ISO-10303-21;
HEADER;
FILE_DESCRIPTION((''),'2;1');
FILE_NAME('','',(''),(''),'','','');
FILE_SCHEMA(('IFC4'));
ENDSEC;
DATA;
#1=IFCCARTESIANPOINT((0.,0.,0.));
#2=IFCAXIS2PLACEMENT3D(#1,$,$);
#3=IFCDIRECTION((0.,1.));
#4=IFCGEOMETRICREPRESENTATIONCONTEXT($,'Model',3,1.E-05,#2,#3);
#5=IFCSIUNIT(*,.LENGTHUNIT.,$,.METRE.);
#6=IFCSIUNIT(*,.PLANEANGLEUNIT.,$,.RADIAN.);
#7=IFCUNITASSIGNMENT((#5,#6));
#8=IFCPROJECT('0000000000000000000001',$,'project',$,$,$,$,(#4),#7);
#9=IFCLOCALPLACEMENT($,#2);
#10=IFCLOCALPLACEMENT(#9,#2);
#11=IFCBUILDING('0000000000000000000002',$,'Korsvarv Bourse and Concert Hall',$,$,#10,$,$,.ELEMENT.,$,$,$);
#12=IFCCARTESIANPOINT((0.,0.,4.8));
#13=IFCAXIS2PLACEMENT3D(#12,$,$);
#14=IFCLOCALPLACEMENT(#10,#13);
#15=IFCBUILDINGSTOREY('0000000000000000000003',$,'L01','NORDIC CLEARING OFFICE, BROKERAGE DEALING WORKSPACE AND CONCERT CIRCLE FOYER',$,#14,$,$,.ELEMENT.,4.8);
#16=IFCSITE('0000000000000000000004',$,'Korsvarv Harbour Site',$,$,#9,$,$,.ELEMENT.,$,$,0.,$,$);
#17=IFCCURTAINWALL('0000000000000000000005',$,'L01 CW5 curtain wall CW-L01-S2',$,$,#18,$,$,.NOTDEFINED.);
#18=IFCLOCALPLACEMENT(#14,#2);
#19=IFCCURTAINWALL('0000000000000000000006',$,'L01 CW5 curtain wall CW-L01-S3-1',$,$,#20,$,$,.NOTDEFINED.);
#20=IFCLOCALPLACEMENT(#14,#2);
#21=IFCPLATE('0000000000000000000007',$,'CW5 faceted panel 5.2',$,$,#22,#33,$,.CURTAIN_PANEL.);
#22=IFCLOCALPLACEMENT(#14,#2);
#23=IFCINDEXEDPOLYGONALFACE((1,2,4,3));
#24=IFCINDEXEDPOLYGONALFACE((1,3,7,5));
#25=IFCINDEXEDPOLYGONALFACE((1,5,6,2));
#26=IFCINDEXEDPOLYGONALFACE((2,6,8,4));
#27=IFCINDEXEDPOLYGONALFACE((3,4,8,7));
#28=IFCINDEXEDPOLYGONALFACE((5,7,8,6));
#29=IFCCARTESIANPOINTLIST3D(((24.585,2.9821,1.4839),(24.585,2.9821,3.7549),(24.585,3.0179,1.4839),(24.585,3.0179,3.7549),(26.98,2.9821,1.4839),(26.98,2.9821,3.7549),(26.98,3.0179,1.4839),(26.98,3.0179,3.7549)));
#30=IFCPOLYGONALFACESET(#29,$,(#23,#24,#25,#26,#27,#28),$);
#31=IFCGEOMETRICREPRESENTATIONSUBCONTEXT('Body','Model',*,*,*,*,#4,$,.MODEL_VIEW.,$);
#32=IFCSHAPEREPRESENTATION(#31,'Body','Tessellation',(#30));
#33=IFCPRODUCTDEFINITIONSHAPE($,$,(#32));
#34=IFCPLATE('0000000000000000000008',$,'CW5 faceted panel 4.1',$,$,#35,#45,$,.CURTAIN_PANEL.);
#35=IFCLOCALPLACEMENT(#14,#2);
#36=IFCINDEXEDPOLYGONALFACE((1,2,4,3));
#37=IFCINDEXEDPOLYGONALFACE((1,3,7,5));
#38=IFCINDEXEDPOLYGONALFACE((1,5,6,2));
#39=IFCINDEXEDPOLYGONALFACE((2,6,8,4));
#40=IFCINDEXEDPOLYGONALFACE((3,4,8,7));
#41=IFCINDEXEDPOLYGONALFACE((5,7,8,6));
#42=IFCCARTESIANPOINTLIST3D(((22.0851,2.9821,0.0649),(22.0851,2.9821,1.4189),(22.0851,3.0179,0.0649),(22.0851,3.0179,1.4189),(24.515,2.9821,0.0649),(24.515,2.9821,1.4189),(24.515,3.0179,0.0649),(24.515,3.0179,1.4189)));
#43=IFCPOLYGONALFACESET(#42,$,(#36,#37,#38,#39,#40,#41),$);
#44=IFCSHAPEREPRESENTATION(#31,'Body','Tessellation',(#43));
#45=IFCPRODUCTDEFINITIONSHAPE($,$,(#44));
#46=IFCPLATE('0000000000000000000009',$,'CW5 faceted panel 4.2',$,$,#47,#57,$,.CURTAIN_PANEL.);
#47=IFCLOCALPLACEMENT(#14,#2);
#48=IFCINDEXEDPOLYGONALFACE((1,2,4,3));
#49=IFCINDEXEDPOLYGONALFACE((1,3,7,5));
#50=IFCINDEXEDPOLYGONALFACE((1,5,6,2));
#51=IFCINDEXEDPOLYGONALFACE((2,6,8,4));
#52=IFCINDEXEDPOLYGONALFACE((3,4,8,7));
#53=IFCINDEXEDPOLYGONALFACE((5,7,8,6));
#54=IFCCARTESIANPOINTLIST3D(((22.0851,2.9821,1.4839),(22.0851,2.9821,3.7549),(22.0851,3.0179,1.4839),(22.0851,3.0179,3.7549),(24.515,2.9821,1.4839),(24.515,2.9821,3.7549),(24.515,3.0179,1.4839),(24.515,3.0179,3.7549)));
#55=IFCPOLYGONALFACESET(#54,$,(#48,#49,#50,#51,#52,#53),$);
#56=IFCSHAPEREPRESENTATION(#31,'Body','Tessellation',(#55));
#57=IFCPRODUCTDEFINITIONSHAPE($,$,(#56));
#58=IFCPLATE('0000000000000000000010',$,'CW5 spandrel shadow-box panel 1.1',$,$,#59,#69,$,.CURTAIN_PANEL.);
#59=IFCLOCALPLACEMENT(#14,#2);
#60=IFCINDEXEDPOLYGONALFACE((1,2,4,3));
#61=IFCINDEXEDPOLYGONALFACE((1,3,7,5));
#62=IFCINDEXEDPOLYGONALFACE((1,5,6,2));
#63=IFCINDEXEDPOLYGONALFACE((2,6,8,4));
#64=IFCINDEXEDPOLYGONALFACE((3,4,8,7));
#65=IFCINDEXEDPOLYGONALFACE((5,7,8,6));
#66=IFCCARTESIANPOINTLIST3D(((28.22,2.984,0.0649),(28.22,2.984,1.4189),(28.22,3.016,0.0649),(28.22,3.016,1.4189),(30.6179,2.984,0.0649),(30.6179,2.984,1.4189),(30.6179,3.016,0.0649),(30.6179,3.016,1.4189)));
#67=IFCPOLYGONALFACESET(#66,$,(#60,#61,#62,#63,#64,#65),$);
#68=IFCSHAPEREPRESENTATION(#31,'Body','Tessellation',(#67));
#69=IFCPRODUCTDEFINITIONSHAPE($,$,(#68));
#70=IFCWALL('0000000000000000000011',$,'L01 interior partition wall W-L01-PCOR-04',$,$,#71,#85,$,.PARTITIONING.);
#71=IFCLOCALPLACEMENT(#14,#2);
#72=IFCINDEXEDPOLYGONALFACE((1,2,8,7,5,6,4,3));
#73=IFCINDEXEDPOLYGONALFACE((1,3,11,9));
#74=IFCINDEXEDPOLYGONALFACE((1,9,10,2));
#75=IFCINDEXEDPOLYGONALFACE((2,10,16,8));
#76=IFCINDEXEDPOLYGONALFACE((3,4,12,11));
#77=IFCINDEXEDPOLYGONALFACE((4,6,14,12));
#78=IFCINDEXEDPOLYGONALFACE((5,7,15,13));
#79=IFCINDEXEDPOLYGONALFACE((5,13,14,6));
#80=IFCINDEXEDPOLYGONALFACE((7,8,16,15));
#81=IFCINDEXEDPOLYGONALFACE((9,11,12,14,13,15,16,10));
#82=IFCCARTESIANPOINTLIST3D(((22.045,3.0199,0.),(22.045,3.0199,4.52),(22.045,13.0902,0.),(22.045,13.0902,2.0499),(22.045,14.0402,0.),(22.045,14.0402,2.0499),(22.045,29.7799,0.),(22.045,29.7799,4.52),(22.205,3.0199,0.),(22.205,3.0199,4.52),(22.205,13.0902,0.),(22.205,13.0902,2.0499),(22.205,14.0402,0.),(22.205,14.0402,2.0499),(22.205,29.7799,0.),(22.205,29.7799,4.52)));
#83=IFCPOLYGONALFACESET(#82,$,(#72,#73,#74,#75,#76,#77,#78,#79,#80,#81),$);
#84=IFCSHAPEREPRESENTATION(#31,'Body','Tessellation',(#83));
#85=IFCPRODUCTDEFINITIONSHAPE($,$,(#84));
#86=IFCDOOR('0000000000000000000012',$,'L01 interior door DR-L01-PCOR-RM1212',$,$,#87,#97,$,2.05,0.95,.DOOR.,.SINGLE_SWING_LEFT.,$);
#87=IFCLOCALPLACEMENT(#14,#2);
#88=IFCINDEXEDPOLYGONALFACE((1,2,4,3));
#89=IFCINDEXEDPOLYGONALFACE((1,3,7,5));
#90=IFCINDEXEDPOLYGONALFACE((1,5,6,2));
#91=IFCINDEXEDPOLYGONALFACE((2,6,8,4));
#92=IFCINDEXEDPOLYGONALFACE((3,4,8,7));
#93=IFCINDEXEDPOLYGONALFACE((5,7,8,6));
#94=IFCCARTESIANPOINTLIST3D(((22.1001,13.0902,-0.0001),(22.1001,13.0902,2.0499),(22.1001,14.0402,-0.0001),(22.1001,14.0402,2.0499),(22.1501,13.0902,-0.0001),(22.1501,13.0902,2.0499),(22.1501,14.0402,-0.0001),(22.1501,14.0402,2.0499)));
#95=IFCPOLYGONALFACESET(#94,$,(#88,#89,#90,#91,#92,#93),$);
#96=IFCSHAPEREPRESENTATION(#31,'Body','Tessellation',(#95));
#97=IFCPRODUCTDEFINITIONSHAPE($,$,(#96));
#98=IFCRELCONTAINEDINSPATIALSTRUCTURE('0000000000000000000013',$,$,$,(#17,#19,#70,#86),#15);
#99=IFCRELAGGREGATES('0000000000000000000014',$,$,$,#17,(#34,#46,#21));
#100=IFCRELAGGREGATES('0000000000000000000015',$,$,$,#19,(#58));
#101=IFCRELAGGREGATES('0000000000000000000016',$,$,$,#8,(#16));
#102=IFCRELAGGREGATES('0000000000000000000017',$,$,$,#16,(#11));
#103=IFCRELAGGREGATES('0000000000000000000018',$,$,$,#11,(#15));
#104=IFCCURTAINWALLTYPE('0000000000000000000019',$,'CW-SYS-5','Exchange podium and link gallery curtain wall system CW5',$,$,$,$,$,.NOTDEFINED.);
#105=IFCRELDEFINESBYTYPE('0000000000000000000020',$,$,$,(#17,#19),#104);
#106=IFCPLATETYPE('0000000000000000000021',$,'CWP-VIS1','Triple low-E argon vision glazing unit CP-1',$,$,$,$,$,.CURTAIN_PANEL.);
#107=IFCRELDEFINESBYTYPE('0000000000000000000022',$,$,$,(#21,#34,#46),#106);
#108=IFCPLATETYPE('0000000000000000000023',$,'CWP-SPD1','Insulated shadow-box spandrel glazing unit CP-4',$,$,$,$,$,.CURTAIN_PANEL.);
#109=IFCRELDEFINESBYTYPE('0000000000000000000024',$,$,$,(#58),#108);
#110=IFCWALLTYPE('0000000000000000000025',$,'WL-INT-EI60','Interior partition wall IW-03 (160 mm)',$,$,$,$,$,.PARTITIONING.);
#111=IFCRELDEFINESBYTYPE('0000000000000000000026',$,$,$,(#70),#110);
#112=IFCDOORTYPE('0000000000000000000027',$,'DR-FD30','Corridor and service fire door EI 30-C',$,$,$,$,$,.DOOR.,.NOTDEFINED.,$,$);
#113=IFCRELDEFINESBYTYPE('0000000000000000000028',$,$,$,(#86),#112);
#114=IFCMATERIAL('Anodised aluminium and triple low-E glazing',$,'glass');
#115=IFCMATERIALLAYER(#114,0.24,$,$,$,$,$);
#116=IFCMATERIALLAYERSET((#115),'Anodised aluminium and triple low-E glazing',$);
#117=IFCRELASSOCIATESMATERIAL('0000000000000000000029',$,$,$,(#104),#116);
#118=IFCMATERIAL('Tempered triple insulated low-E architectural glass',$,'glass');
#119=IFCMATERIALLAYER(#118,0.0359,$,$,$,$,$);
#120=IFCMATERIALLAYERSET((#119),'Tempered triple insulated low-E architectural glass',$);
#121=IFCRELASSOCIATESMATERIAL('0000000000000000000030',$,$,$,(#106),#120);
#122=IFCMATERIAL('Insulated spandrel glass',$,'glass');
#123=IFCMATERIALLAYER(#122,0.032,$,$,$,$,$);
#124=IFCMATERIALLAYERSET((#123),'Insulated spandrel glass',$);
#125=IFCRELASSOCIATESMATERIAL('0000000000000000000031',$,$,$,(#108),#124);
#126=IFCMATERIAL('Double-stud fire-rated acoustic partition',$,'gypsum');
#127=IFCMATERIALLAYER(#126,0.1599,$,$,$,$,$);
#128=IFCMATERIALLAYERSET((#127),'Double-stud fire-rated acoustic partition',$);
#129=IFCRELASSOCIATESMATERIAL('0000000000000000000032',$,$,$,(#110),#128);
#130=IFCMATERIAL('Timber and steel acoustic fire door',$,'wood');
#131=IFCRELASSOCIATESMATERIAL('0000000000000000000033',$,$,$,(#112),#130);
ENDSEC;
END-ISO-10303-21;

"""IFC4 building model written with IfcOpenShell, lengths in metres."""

from ifc_helpers import new_model, si_unit, direction, frame, frame_2d, origin, origin_2d, place, context, subcontext, project, spatial, rectangle, extrude, source, transform, mapped, material, layer, layer_set, type_object, element, fill, aggregate, save


model = new_model("IFC4")

# Units and contexts
model_context = context("Model", 3, precision=1e-05, world=origin(), true_north=direction((0.0, 1.0)))
body_context = subcontext(model_context, "Body", "Model", "MODEL_VIEW")
ifc_project = project(units=[si_unit("LENGTHUNIT", "METRE"), si_unit("PLANEANGLEUNIT", "RADIAN")], contexts=[model_context])

# Site, building, storey
site_placement = place(None, origin())
site = spatial("IfcSite", under=ifc_project, at=site_placement, Name="Korsvarv Harbour Site", CompositionType="ELEMENT", RefElevation=0.0)
building_placement = place(site_placement, origin())
building = spatial("IfcBuilding", under=site, at=building_placement, Name="Korsvarv Bourse and Concert Hall", CompositionType="ELEMENT")
storey_placement = place(building_placement, frame((0.0, 0.0, 4.8)))
storey = spatial("IfcBuildingStorey", under=building, at=storey_placement, Name="L01", Description="NORDIC CLEARING OFFICE, BROKERAGE DEALING WORKSPACE AND CONCERT CIRCLE FOYER", CompositionType="ELEMENT", Elevation=4.8)

# Curtain wall
ifc_material_1 = material(Name="Anodised aluminium and triple low-E glazing", Category="glass")
ifc_layer_1 = layer(ifc_material_1, 0.24)
ifc_layer_set_1 = layer_set([ifc_layer_1], Name="Anodised aluminium and triple low-E glazing")
curtain_wall_type = type_object("IfcCurtainWallType", Name="CW-SYS-5", Description="Exchange podium and link gallery curtain wall system CW5", PredefinedType="NOTDEFINED", material=ifc_layer_set_1)
curtain_wall_1_placement = place(storey_placement, origin())
curtain_wall_1 = element("IfcCurtainWall", 1, at=curtain_wall_1_placement, inside=storey, type_object=curtain_wall_type, Name="L01 CW5 curtain wall CW-L01-S2", PredefinedType="NOTDEFINED")

# Curtain wall
curtain_wall_2_placement = place(storey_placement, origin())
curtain_wall_2 = element("IfcCurtainWall", 2, at=curtain_wall_2_placement, inside=storey, type_object=curtain_wall_type, Name="L01 CW5 curtain wall CW-L01-S3-1", PredefinedType="NOTDEFINED")

# Plates
ifc_material_2 = material(Name="Tempered triple insulated low-E architectural glass", Category="glass")
ifc_layer_2 = layer(ifc_material_2, 0.0359)
ifc_layer_set_2 = layer_set([ifc_layer_2], Name="Tempered triple insulated low-E architectural glass")
plate_type_1 = type_object("IfcPlateType", Name="CWP-VIS1", Description="Triple low-E argon vision glazing unit CP-1", PredefinedType="CURTAIN_PANEL", material=ifc_layer_set_2)
shared_shape_1 = source(origin(), body_context, "Body", "SweptSolid", [
    extrude(rectangle(XDim=2.395, YDim=0.0359, at=origin_2d()), origin(), (0.0, 0.0, 1.0), 2.271),
])
plate_1_placement = place(storey_placement, frame((25.7825, 3.0, 1.4839), z_axis=(0.0, 0.0, 1.0), x_axis=(1.0, 0.0, 0.0)))
plate_1 = element("IfcPlate", 3, at=plate_1_placement, type_object=plate_type_1, Name="CW5 faceted panel 5.2", PredefinedType="CURTAIN_PANEL", context=body_context, shape_type="MappedRepresentation", body=[
    mapped(shared_shape_1, transform((0.0, 0.0, 0.0), scale=1.0)),
])
shared_shape_2 = source(origin(), body_context, "Body", "SweptSolid", [
    extrude(rectangle(XDim=2.4299, YDim=0.0359, at=origin_2d()), origin(), (0.0, 0.0, 1.0), 1.354),
])
plate_2_placement = place(storey_placement, frame((23.3, 3.0, 0.0649), z_axis=(0.0, 0.0, 1.0), x_axis=(1.0, 0.0, 0.0)))
plate_2 = element("IfcPlate", 4, at=plate_2_placement, type_object=plate_type_1, Name="CW5 faceted panel 4.1", PredefinedType="CURTAIN_PANEL", context=body_context, shape_type="MappedRepresentation", body=[
    mapped(shared_shape_2, transform((0.0, 0.0, 0.0), scale=1.0)),
])
shared_shape_3 = source(origin(), body_context, "Body", "SweptSolid", [
    extrude(rectangle(XDim=2.4299, YDim=0.0359, at=origin_2d()), origin(), (0.0, 0.0, 1.0), 2.271),
])
plate_3_placement = place(storey_placement, frame((23.3, 3.0, 1.4839), z_axis=(0.0, 0.0, 1.0), x_axis=(1.0, 0.0, 0.0)))
plate_3 = element("IfcPlate", 5, at=plate_3_placement, type_object=plate_type_1, Name="CW5 faceted panel 4.2", PredefinedType="CURTAIN_PANEL", context=body_context, shape_type="MappedRepresentation", body=[
    mapped(shared_shape_3, transform((0.0, 0.0, 0.0), scale=1.0)),
])
aggregate(curtain_wall_1, [plate_2, plate_3, plate_1])
ifc_material_3 = material(Name="Insulated spandrel glass", Category="glass")
ifc_layer_3 = layer(ifc_material_3, 0.032)
ifc_layer_set_3 = layer_set([ifc_layer_3], Name="Insulated spandrel glass")
plate_type_2 = type_object("IfcPlateType", Name="CWP-SPD1", Description="Insulated shadow-box spandrel glazing unit CP-4", PredefinedType="CURTAIN_PANEL", material=ifc_layer_set_3)
shared_shape_4 = source(origin(), body_context, "Body", "SweptSolid", [
    extrude(rectangle(XDim=2.3979, YDim=0.032, at=origin_2d()), origin(), (0.0, 0.0, 1.0), 1.354),
])
plate_4_placement = place(storey_placement, frame((29.4189, 3.0, 0.0649), z_axis=(0.0, 0.0, 1.0), x_axis=(1.0, 0.0, 0.0)))
plate_4 = element("IfcPlate", 6, at=plate_4_placement, type_object=plate_type_2, Name="CW5 spandrel shadow-box panel 1.1", PredefinedType="CURTAIN_PANEL", context=body_context, shape_type="MappedRepresentation", body=[
    mapped(shared_shape_4, transform((0.0, 0.0, 0.0), scale=1.0)),
])
aggregate(curtain_wall_2, [plate_4])

# Wall, opening, door
ifc_material_4 = material(Name="Double-stud fire-rated acoustic partition", Category="gypsum")
ifc_layer_4 = layer(ifc_material_4, 0.1599)
ifc_layer_set_4 = layer_set([ifc_layer_4], Name="Double-stud fire-rated acoustic partition")
wall_type = type_object("IfcWallType", Name="WL-INT-EI60", Description="Interior partition wall IW-03 (160 mm)", PredefinedType="PARTITIONING", material=ifc_layer_set_4)
wall_placement = place(storey_placement, frame((22.125, 3.02, 0.0), z_axis=(0.0, 0.0, 1.0), x_axis=(0.0, 1.0, 0.0)))
wall = element("IfcWall", 7, at=wall_placement, inside=storey, type_object=wall_type, Name="L01 interior partition wall W-L01-PCOR-04", PredefinedType="PARTITIONING", context=body_context, shape_type="SweptSolid", body=[
    extrude(rectangle(XDim=26.76, YDim=0.1599, at=frame_2d((13.3799, 0.0))), origin(), (0.0, 0.0, 1.0), 4.52),
])
opening_placement = place(wall_placement, frame((10.0701, 0.0, 0.0)))
opening = element("IfcOpeningElement", 8, at=opening_placement, cuts=wall, PredefinedType="OPENING", context=body_context, shape_type="SweptSolid", body=[
    extrude(rectangle(XDim=0.95, YDim=2.05, at=frame_2d((0.4751, 1.0249))), frame((0.0, 0.0898, 0.0), z_axis=(0.0, -1.0, 0.0), x_axis=(1.0, 0.0, 0.0)), (0.0, 0.0, 1.0), 0.1799),
])
ifc_material_5 = material(Name="Timber and steel acoustic fire door", Category="wood")
door_type = type_object("IfcDoorType", Name="DR-FD30", Description="Corridor and service fire door EI 30-C", OperationType="NOTDEFINED", PredefinedType="DOOR", material=ifc_material_5)
door_placement = place(opening_placement, origin())
door = element("IfcDoor", 9, at=door_placement, inside=storey, type_object=door_type, Name="L01 interior door DR-L01-PCOR-RM1212", OperationType="SINGLE_SWING_LEFT", OverallHeight=2.05, OverallWidth=0.95, PredefinedType="DOOR", context=body_context, shape_type="SweptSolid", body=[
    extrude(rectangle(XDim=0.95, YDim=2.05, at=frame_2d((0.4751, 1.0249))), frame((0.0, 0.0249, 0.0), z_axis=(0.0, -1.0, 0.0), x_axis=(1.0, 0.0, 0.0)), (0.0, 0.0, 1.0), 0.05),
])
fill(opening, door)

save(model, "model.ifc")
